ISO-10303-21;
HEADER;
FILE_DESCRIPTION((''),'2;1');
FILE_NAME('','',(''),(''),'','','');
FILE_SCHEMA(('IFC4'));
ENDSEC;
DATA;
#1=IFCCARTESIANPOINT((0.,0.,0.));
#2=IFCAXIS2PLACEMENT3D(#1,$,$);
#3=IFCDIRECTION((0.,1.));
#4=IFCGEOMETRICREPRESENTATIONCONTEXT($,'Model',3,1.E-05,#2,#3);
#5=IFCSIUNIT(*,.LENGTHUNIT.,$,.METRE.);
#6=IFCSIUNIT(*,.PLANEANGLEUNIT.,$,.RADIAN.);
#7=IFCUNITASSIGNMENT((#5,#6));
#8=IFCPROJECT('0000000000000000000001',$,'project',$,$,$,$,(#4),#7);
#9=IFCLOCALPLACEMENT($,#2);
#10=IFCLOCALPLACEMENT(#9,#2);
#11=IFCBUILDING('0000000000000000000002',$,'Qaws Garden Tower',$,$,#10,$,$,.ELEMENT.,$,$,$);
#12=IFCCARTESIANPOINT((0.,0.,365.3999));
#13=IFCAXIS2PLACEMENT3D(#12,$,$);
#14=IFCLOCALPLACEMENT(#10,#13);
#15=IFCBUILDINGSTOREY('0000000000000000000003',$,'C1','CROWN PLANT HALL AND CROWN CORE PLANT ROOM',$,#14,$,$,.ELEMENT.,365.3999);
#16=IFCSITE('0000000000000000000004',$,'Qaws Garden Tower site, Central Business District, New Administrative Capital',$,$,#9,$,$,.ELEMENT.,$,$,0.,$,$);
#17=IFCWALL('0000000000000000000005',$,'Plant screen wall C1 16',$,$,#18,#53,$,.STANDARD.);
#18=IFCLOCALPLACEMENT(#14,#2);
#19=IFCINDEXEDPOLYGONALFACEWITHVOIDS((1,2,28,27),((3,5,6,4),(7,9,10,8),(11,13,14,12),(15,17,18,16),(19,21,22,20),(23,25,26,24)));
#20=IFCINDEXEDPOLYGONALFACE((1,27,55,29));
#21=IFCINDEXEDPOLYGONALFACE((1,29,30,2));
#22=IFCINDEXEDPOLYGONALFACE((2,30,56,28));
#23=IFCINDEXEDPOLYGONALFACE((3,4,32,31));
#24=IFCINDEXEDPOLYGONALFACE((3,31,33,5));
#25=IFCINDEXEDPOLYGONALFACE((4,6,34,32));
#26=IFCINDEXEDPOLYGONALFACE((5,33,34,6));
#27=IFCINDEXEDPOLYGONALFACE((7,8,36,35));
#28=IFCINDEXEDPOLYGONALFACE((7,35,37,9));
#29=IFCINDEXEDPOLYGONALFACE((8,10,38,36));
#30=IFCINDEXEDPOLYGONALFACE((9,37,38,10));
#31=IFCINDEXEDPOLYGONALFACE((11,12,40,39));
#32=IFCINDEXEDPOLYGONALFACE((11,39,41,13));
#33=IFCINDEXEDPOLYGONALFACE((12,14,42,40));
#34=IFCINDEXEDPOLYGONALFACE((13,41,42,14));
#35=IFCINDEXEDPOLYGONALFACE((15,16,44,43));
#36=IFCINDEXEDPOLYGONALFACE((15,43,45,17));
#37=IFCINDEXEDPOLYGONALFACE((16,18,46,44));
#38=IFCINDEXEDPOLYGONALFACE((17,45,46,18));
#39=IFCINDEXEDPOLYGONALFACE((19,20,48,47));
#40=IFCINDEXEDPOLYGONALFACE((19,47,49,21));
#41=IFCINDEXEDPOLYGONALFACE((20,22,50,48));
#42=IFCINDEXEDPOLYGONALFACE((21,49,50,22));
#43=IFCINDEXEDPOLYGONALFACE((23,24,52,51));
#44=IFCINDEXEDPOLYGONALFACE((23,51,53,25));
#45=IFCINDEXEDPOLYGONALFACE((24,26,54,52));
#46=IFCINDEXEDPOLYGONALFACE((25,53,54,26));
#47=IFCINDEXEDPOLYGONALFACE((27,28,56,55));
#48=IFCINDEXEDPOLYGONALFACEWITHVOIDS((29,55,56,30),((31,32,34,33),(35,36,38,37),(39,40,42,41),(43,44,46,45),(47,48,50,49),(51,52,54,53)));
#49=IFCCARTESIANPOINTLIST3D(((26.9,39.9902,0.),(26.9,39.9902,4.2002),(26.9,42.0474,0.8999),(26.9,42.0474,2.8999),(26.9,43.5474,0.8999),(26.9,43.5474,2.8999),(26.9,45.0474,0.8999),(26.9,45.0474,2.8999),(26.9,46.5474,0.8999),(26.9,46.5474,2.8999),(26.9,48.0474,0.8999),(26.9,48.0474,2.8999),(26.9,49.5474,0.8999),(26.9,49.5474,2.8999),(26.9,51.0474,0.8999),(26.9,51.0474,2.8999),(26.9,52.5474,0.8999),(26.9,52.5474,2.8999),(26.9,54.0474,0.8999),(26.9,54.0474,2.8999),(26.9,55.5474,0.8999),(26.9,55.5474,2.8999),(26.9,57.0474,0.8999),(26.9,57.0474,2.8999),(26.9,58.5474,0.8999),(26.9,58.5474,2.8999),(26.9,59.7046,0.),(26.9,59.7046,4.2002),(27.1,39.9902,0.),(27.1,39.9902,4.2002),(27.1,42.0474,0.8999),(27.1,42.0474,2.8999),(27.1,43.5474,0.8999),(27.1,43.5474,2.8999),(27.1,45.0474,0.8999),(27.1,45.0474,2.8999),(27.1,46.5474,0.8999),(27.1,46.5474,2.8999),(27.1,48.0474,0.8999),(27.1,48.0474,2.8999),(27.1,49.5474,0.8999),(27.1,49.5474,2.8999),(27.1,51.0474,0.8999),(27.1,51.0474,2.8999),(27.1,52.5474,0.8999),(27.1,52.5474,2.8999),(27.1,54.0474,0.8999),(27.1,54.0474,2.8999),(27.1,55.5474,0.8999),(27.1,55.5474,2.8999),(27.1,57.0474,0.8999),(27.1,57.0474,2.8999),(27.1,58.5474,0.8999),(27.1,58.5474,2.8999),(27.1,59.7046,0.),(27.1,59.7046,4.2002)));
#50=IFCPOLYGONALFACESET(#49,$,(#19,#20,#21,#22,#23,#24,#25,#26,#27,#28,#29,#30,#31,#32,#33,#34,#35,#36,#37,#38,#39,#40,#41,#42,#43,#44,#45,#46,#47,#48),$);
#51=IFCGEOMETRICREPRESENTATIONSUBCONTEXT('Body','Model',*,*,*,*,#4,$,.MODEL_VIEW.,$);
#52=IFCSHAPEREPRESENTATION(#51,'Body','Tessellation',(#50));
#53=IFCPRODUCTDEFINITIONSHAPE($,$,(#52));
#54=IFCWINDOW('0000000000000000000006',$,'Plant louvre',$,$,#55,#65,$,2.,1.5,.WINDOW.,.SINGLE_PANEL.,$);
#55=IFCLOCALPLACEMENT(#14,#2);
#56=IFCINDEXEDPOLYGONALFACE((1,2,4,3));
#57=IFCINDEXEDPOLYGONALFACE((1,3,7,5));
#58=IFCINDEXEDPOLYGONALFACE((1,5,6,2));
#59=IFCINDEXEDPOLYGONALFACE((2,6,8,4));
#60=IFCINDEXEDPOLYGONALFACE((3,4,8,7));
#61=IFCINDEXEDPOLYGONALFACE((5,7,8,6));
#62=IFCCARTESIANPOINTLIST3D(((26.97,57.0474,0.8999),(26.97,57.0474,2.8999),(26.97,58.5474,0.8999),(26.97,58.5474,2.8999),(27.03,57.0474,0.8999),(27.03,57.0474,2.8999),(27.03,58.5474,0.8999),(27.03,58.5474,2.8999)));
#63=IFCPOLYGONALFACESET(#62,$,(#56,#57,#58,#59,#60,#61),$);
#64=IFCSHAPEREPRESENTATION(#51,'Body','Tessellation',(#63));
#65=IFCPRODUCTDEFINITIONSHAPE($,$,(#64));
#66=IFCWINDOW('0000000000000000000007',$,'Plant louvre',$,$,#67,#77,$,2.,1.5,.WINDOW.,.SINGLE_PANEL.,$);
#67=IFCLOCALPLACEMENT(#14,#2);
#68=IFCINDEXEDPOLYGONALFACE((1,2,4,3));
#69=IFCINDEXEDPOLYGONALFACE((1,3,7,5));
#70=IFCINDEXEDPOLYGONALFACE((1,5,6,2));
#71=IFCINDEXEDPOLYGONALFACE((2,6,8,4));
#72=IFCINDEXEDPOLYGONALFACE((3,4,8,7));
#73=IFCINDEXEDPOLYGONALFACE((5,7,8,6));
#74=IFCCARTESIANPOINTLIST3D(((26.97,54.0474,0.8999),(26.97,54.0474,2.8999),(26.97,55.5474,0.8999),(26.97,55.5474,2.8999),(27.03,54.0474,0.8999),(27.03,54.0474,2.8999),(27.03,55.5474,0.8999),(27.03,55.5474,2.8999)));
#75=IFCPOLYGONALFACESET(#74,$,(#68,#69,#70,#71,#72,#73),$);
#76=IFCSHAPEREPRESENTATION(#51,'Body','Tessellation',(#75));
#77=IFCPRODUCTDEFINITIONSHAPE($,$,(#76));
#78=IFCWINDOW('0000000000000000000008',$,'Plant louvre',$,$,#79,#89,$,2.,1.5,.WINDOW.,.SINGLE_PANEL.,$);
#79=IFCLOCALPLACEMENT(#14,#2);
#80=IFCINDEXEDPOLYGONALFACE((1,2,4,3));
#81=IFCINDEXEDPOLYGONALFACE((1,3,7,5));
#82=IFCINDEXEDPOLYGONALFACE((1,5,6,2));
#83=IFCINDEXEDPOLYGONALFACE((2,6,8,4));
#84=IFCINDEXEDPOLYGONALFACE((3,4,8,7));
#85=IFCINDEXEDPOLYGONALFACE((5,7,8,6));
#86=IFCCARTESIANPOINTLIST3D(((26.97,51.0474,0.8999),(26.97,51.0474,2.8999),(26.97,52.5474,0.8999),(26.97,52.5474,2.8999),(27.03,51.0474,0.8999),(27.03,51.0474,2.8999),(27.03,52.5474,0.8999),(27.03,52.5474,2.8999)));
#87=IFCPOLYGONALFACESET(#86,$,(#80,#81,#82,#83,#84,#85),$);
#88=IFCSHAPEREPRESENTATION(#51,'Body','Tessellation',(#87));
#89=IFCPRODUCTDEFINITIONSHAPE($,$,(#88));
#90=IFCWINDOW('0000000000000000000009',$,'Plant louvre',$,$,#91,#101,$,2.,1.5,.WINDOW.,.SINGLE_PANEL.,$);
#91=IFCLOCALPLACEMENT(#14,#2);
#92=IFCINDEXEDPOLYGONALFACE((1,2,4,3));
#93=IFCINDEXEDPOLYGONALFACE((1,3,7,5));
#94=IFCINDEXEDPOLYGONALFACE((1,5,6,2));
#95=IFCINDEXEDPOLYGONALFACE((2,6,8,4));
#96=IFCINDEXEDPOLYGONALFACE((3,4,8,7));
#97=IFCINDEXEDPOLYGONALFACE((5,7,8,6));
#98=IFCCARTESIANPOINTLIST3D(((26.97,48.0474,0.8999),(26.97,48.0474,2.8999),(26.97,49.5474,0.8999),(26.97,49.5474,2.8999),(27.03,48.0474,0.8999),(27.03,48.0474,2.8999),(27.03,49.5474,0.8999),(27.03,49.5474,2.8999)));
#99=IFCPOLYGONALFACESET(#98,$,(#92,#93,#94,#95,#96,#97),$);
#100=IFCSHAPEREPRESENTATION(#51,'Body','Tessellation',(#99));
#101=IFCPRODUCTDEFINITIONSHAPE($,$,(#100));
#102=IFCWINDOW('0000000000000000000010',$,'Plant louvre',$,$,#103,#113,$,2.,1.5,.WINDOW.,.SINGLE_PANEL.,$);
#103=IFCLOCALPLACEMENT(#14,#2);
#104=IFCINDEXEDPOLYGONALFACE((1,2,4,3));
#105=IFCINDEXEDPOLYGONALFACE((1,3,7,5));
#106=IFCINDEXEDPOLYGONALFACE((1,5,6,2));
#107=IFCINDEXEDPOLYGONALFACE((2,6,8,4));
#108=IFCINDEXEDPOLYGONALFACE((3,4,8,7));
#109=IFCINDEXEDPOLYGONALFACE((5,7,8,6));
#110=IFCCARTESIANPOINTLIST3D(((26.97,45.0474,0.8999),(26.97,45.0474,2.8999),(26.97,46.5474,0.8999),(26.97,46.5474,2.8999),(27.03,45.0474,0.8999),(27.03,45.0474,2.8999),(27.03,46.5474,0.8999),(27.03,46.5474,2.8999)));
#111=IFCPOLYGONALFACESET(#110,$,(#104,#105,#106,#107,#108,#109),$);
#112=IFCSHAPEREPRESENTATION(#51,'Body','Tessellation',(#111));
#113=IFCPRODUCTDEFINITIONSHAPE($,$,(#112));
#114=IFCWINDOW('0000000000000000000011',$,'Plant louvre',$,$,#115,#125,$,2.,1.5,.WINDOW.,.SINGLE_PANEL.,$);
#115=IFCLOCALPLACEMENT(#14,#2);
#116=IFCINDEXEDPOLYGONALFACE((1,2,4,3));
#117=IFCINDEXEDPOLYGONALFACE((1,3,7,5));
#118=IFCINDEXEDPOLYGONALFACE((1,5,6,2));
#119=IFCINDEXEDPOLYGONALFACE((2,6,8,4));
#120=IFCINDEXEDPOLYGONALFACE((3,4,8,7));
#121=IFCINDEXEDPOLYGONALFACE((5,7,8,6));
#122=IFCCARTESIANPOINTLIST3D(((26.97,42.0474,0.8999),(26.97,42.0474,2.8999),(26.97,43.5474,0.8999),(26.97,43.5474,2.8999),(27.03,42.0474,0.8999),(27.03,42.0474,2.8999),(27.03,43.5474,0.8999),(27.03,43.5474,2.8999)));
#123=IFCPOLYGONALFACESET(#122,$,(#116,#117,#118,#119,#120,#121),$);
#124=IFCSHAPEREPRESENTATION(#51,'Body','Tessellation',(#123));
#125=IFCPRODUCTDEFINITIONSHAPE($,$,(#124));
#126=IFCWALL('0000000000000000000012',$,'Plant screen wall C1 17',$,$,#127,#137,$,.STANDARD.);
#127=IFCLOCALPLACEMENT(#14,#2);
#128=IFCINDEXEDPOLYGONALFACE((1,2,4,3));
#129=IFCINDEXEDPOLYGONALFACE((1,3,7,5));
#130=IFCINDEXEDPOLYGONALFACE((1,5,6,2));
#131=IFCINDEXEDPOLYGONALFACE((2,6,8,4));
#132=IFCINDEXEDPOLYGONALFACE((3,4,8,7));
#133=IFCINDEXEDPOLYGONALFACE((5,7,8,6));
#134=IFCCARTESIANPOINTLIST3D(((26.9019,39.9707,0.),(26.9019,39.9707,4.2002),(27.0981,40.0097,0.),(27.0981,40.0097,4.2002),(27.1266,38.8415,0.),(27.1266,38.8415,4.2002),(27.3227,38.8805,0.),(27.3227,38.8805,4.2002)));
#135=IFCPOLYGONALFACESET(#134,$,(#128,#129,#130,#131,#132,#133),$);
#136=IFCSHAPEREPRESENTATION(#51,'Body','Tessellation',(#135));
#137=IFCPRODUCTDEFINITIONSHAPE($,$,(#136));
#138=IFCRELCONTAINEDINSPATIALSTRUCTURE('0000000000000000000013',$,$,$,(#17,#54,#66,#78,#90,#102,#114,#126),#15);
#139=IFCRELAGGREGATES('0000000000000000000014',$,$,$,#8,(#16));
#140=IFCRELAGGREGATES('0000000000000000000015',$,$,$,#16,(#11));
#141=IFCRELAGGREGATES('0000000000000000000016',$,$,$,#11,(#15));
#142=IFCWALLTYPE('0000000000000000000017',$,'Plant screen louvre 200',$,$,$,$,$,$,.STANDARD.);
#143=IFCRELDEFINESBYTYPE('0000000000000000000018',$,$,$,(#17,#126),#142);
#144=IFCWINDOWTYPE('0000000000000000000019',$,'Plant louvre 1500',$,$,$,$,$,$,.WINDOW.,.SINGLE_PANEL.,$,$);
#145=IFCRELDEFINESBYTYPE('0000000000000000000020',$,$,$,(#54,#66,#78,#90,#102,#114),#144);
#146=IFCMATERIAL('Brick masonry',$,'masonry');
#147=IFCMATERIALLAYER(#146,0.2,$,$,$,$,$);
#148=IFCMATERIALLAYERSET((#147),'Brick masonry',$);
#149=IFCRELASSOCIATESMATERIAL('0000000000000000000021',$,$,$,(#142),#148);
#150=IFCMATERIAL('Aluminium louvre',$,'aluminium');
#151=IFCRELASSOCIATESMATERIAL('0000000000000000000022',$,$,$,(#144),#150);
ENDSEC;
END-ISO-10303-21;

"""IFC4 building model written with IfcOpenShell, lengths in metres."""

from ifc_helpers import new_model, si_unit, direction, frame, frame_2d, origin, place, context, subcontext, project, spatial, rectangle, extrude, material, layer, layer_set, type_object, element, fill, save


model = new_model("IFC4")

# Units and contexts
model_context = context("Model", 3, precision=1e-05, world=origin(), true_north=direction((0.0, 1.0)))
body_context = subcontext(model_context, "Body", "Model", "MODEL_VIEW")
ifc_project = project(units=[si_unit("LENGTHUNIT", "METRE"), si_unit("PLANEANGLEUNIT", "RADIAN")], contexts=[model_context])

# Site, building, storey
site_placement = place(None, origin())
site = spatial("IfcSite", under=ifc_project, at=site_placement, Name="Qaws Garden Tower site, Central Business District, New Administrative Capital", CompositionType="ELEMENT", RefElevation=0.0)
building_placement = place(site_placement, origin())
building = spatial("IfcBuilding", under=site, at=building_placement, Name="Qaws Garden Tower", CompositionType="ELEMENT")
storey_placement = place(building_placement, frame((0.0, 0.0, 365.3999)))
storey = spatial("IfcBuildingStorey", under=building, at=storey_placement, Name="C1", Description="CROWN PLANT HALL AND CROWN CORE PLANT ROOM", CompositionType="ELEMENT", Elevation=365.3999)

# Wall, openings, windows
ifc_material_1 = material(Name="Brick masonry", Category="masonry")
ifc_layer_1 = layer(ifc_material_1, 0.2)
ifc_layer_set_1 = layer_set([ifc_layer_1], Name="Brick masonry")
wall_type_1 = type_object("IfcWallType", Name="Plant screen louvre 200", PredefinedType="STANDARD", material=ifc_layer_set_1)
wall_1_placement = place(storey_placement, frame((27.0, 59.7046, 0.0), z_axis=(0.0, 0.0, 1.0), x_axis=(0.0, -1.0, 0.0)))
wall_1 = element("IfcWall", 1, at=wall_1_placement, inside=storey, type_object=wall_type_1, Name="Plant screen wall C1 16", PredefinedType="STANDARD", context=body_context, shape_type="SweptSolid", body=[
    extrude(rectangle(XDim=19.7144, YDim=0.2, at=frame_2d((9.8572, 0.0))), origin(), (0.0, 0.0, 1.0), 4.2002),
])
opening_1_placement = place(wall_1_placement, frame((1.1572, 0.0, 0.8999)))
opening_1 = element("IfcOpeningElement", 2, at=opening_1_placement, cuts=wall_1, PredefinedType="OPENING", context=body_context, shape_type="SweptSolid", body=[
    extrude(rectangle(XDim=1.5, YDim=2.0, at=frame_2d((0.75, 1.0))), frame((0.0, 0.1099, 0.0), z_axis=(0.0, -1.0, 0.0), x_axis=(1.0, 0.0, 0.0)), (0.0, 0.0, 1.0), 0.22),
])
opening_2_placement = place(wall_1_placement, frame((4.1572, 0.0, 0.8999)))
opening_2 = element("IfcOpeningElement", 3, at=opening_2_placement, cuts=wall_1, PredefinedType="OPENING", context=body_context, shape_type="SweptSolid", body=[
    extrude(rectangle(XDim=1.5, YDim=2.0, at=frame_2d((0.75, 1.0))), frame((0.0, 0.1099, 0.0), z_axis=(0.0, -1.0, 0.0), x_axis=(1.0, 0.0, 0.0)), (0.0, 0.0, 1.0), 0.22),
])
opening_3_placement = place(wall_1_placement, frame((7.1572, 0.0, 0.8999)))
opening_3 = element("IfcOpeningElement", 4, at=opening_3_placement, cuts=wall_1, PredefinedType="OPENING", context=body_context, shape_type="SweptSolid", body=[
    extrude(rectangle(XDim=1.5, YDim=2.0, at=frame_2d((0.75, 1.0))), frame((0.0, 0.1099, 0.0), z_axis=(0.0, -1.0, 0.0), x_axis=(1.0, 0.0, 0.0)), (0.0, 0.0, 1.0), 0.22),
])
opening_4_placement = place(wall_1_placement, frame((10.1572, 0.0, 0.8999)))
opening_4 = element("IfcOpeningElement", 5, at=opening_4_placement, cuts=wall_1, PredefinedType="OPENING", context=body_context, shape_type="SweptSolid", body=[
    extrude(rectangle(XDim=1.5, YDim=2.0, at=frame_2d((0.75, 1.0))), frame((0.0, 0.1099, 0.0), z_axis=(0.0, -1.0, 0.0), x_axis=(1.0, 0.0, 0.0)), (0.0, 0.0, 1.0), 0.22),
])
opening_5_placement = place(wall_1_placement, frame((13.1572, 0.0, 0.8999)))
opening_5 = element("IfcOpeningElement", 6, at=opening_5_placement, cuts=wall_1, PredefinedType="OPENING", context=body_context, shape_type="SweptSolid", body=[
    extrude(rectangle(XDim=1.5, YDim=2.0, at=frame_2d((0.75, 1.0))), frame((0.0, 0.1099, 0.0), z_axis=(0.0, -1.0, 0.0), x_axis=(1.0, 0.0, 0.0)), (0.0, 0.0, 1.0), 0.22),
])
opening_6_placement = place(wall_1_placement, frame((16.1572, 0.0, 0.8999)))
opening_6 = element("IfcOpeningElement", 7, at=opening_6_placement, cuts=wall_1, PredefinedType="OPENING", context=body_context, shape_type="SweptSolid", body=[
    extrude(rectangle(XDim=1.5, YDim=2.0, at=frame_2d((0.75, 1.0))), frame((0.0, 0.1099, 0.0), z_axis=(0.0, -1.0, 0.0), x_axis=(1.0, 0.0, 0.0)), (0.0, 0.0, 1.0), 0.22),
])
ifc_material_2 = material(Name="Aluminium louvre", Category="aluminium")
window_type = type_object("IfcWindowType", Name="Plant louvre 1500", PartitioningType="SINGLE_PANEL", PredefinedType="WINDOW", material=ifc_material_2)
window_1_placement = place(opening_1_placement, origin())
window_1 = element("IfcWindow", 8, at=window_1_placement, inside=storey, type_object=window_type, Name="Plant louvre", OverallHeight=2.0, OverallWidth=1.5, PartitioningType="SINGLE_PANEL", PredefinedType="WINDOW", context=body_context, shape_type="SweptSolid", body=[
    extrude(rectangle(XDim=1.5, YDim=2.0, at=frame_2d((0.75, 1.0))), frame((0.0, 0.03, 0.0), z_axis=(0.0, -1.0, 0.0), x_axis=(1.0, 0.0, 0.0)), (0.0, 0.0, 1.0), 0.0601),
])
fill(opening_1, window_1)
window_2_placement = place(opening_2_placement, origin())
window_2 = element("IfcWindow", 9, at=window_2_placement, inside=storey, type_object=window_type, Name="Plant louvre", OverallHeight=2.0, OverallWidth=1.5, PartitioningType="SINGLE_PANEL", PredefinedType="WINDOW", context=body_context, shape_type="SweptSolid", body=[
    extrude(rectangle(XDim=1.5, YDim=2.0, at=frame_2d((0.75, 1.0))), frame((0.0, 0.03, 0.0), z_axis=(0.0, -1.0, 0.0), x_axis=(1.0, 0.0, 0.0)), (0.0, 0.0, 1.0), 0.0601),
])
fill(opening_2, window_2)
window_3_placement = place(opening_3_placement, origin())
window_3 = element("IfcWindow", 10, at=window_3_placement, inside=storey, type_object=window_type, Name="Plant louvre", OverallHeight=2.0, OverallWidth=1.5, PartitioningType="SINGLE_PANEL", PredefinedType="WINDOW", context=body_context, shape_type="SweptSolid", body=[
    extrude(rectangle(XDim=1.5, YDim=2.0, at=frame_2d((0.75, 1.0))), frame((0.0, 0.03, 0.0), z_axis=(0.0, -1.0, 0.0), x_axis=(1.0, 0.0, 0.0)), (0.0, 0.0, 1.0), 0.0601),
])
fill(opening_3, window_3)
window_4_placement = place(opening_4_placement, origin())
window_4 = element("IfcWindow", 11, at=window_4_placement, inside=storey, type_object=window_type, Name="Plant louvre", OverallHeight=2.0, OverallWidth=1.5, PartitioningType="SINGLE_PANEL", PredefinedType="WINDOW", context=body_context, shape_type="SweptSolid", body=[
    extrude(rectangle(XDim=1.5, YDim=2.0, at=frame_2d((0.75, 1.0))), frame((0.0, 0.03, 0.0), z_axis=(0.0, -1.0, 0.0), x_axis=(1.0, 0.0, 0.0)), (0.0, 0.0, 1.0), 0.0601),
])
fill(opening_4, window_4)
window_5_placement = place(opening_5_placement, origin())
window_5 = element("IfcWindow", 12, at=window_5_placement, inside=storey, type_object=window_type, Name="Plant louvre", OverallHeight=2.0, OverallWidth=1.5, PartitioningType="SINGLE_PANEL", PredefinedType="WINDOW", context=body_context, shape_type="SweptSolid", body=[
    extrude(rectangle(XDim=1.5, YDim=2.0, at=frame_2d((0.75, 1.0))), frame((0.0, 0.03, 0.0), z_axis=(0.0, -1.0, 0.0), x_axis=(1.0, 0.0, 0.0)), (0.0, 0.0, 1.0), 0.0601),
])
fill(opening_5, window_5)
window_6_placement = place(opening_6_placement, origin())
window_6 = element("IfcWindow", 13, at=window_6_placement, inside=storey, type_object=window_type, Name="Plant louvre", OverallHeight=2.0, OverallWidth=1.5, PartitioningType="SINGLE_PANEL", PredefinedType="WINDOW", context=body_context, shape_type="SweptSolid", body=[
    extrude(rectangle(XDim=1.5, YDim=2.0, at=frame_2d((0.75, 1.0))), frame((0.0, 0.03, 0.0), z_axis=(0.0, -1.0, 0.0), x_axis=(1.0, 0.0, 0.0)), (0.0, 0.0, 1.0), 0.0601),
])
fill(opening_6, window_6)

# Wall
wall_2_placement = place(storey_placement, frame((27.0, 39.9902, 0.0), z_axis=(0.0, 0.0, 1.0), x_axis=(0.195097, -0.980784, 0.0)))
element("IfcWall", 14, at=wall_2_placement, inside=storey, type_object=wall_type_1, Name="Plant screen wall C1 17", PredefinedType="STANDARD", context=body_context, shape_type="SweptSolid", body=[
    extrude(rectangle(XDim=1.1514, YDim=0.2, at=frame_2d((0.5757, 0.0))), origin(), (0.0, 0.0, 1.0), 4.2002),
])

save(model, "model.ifc")
